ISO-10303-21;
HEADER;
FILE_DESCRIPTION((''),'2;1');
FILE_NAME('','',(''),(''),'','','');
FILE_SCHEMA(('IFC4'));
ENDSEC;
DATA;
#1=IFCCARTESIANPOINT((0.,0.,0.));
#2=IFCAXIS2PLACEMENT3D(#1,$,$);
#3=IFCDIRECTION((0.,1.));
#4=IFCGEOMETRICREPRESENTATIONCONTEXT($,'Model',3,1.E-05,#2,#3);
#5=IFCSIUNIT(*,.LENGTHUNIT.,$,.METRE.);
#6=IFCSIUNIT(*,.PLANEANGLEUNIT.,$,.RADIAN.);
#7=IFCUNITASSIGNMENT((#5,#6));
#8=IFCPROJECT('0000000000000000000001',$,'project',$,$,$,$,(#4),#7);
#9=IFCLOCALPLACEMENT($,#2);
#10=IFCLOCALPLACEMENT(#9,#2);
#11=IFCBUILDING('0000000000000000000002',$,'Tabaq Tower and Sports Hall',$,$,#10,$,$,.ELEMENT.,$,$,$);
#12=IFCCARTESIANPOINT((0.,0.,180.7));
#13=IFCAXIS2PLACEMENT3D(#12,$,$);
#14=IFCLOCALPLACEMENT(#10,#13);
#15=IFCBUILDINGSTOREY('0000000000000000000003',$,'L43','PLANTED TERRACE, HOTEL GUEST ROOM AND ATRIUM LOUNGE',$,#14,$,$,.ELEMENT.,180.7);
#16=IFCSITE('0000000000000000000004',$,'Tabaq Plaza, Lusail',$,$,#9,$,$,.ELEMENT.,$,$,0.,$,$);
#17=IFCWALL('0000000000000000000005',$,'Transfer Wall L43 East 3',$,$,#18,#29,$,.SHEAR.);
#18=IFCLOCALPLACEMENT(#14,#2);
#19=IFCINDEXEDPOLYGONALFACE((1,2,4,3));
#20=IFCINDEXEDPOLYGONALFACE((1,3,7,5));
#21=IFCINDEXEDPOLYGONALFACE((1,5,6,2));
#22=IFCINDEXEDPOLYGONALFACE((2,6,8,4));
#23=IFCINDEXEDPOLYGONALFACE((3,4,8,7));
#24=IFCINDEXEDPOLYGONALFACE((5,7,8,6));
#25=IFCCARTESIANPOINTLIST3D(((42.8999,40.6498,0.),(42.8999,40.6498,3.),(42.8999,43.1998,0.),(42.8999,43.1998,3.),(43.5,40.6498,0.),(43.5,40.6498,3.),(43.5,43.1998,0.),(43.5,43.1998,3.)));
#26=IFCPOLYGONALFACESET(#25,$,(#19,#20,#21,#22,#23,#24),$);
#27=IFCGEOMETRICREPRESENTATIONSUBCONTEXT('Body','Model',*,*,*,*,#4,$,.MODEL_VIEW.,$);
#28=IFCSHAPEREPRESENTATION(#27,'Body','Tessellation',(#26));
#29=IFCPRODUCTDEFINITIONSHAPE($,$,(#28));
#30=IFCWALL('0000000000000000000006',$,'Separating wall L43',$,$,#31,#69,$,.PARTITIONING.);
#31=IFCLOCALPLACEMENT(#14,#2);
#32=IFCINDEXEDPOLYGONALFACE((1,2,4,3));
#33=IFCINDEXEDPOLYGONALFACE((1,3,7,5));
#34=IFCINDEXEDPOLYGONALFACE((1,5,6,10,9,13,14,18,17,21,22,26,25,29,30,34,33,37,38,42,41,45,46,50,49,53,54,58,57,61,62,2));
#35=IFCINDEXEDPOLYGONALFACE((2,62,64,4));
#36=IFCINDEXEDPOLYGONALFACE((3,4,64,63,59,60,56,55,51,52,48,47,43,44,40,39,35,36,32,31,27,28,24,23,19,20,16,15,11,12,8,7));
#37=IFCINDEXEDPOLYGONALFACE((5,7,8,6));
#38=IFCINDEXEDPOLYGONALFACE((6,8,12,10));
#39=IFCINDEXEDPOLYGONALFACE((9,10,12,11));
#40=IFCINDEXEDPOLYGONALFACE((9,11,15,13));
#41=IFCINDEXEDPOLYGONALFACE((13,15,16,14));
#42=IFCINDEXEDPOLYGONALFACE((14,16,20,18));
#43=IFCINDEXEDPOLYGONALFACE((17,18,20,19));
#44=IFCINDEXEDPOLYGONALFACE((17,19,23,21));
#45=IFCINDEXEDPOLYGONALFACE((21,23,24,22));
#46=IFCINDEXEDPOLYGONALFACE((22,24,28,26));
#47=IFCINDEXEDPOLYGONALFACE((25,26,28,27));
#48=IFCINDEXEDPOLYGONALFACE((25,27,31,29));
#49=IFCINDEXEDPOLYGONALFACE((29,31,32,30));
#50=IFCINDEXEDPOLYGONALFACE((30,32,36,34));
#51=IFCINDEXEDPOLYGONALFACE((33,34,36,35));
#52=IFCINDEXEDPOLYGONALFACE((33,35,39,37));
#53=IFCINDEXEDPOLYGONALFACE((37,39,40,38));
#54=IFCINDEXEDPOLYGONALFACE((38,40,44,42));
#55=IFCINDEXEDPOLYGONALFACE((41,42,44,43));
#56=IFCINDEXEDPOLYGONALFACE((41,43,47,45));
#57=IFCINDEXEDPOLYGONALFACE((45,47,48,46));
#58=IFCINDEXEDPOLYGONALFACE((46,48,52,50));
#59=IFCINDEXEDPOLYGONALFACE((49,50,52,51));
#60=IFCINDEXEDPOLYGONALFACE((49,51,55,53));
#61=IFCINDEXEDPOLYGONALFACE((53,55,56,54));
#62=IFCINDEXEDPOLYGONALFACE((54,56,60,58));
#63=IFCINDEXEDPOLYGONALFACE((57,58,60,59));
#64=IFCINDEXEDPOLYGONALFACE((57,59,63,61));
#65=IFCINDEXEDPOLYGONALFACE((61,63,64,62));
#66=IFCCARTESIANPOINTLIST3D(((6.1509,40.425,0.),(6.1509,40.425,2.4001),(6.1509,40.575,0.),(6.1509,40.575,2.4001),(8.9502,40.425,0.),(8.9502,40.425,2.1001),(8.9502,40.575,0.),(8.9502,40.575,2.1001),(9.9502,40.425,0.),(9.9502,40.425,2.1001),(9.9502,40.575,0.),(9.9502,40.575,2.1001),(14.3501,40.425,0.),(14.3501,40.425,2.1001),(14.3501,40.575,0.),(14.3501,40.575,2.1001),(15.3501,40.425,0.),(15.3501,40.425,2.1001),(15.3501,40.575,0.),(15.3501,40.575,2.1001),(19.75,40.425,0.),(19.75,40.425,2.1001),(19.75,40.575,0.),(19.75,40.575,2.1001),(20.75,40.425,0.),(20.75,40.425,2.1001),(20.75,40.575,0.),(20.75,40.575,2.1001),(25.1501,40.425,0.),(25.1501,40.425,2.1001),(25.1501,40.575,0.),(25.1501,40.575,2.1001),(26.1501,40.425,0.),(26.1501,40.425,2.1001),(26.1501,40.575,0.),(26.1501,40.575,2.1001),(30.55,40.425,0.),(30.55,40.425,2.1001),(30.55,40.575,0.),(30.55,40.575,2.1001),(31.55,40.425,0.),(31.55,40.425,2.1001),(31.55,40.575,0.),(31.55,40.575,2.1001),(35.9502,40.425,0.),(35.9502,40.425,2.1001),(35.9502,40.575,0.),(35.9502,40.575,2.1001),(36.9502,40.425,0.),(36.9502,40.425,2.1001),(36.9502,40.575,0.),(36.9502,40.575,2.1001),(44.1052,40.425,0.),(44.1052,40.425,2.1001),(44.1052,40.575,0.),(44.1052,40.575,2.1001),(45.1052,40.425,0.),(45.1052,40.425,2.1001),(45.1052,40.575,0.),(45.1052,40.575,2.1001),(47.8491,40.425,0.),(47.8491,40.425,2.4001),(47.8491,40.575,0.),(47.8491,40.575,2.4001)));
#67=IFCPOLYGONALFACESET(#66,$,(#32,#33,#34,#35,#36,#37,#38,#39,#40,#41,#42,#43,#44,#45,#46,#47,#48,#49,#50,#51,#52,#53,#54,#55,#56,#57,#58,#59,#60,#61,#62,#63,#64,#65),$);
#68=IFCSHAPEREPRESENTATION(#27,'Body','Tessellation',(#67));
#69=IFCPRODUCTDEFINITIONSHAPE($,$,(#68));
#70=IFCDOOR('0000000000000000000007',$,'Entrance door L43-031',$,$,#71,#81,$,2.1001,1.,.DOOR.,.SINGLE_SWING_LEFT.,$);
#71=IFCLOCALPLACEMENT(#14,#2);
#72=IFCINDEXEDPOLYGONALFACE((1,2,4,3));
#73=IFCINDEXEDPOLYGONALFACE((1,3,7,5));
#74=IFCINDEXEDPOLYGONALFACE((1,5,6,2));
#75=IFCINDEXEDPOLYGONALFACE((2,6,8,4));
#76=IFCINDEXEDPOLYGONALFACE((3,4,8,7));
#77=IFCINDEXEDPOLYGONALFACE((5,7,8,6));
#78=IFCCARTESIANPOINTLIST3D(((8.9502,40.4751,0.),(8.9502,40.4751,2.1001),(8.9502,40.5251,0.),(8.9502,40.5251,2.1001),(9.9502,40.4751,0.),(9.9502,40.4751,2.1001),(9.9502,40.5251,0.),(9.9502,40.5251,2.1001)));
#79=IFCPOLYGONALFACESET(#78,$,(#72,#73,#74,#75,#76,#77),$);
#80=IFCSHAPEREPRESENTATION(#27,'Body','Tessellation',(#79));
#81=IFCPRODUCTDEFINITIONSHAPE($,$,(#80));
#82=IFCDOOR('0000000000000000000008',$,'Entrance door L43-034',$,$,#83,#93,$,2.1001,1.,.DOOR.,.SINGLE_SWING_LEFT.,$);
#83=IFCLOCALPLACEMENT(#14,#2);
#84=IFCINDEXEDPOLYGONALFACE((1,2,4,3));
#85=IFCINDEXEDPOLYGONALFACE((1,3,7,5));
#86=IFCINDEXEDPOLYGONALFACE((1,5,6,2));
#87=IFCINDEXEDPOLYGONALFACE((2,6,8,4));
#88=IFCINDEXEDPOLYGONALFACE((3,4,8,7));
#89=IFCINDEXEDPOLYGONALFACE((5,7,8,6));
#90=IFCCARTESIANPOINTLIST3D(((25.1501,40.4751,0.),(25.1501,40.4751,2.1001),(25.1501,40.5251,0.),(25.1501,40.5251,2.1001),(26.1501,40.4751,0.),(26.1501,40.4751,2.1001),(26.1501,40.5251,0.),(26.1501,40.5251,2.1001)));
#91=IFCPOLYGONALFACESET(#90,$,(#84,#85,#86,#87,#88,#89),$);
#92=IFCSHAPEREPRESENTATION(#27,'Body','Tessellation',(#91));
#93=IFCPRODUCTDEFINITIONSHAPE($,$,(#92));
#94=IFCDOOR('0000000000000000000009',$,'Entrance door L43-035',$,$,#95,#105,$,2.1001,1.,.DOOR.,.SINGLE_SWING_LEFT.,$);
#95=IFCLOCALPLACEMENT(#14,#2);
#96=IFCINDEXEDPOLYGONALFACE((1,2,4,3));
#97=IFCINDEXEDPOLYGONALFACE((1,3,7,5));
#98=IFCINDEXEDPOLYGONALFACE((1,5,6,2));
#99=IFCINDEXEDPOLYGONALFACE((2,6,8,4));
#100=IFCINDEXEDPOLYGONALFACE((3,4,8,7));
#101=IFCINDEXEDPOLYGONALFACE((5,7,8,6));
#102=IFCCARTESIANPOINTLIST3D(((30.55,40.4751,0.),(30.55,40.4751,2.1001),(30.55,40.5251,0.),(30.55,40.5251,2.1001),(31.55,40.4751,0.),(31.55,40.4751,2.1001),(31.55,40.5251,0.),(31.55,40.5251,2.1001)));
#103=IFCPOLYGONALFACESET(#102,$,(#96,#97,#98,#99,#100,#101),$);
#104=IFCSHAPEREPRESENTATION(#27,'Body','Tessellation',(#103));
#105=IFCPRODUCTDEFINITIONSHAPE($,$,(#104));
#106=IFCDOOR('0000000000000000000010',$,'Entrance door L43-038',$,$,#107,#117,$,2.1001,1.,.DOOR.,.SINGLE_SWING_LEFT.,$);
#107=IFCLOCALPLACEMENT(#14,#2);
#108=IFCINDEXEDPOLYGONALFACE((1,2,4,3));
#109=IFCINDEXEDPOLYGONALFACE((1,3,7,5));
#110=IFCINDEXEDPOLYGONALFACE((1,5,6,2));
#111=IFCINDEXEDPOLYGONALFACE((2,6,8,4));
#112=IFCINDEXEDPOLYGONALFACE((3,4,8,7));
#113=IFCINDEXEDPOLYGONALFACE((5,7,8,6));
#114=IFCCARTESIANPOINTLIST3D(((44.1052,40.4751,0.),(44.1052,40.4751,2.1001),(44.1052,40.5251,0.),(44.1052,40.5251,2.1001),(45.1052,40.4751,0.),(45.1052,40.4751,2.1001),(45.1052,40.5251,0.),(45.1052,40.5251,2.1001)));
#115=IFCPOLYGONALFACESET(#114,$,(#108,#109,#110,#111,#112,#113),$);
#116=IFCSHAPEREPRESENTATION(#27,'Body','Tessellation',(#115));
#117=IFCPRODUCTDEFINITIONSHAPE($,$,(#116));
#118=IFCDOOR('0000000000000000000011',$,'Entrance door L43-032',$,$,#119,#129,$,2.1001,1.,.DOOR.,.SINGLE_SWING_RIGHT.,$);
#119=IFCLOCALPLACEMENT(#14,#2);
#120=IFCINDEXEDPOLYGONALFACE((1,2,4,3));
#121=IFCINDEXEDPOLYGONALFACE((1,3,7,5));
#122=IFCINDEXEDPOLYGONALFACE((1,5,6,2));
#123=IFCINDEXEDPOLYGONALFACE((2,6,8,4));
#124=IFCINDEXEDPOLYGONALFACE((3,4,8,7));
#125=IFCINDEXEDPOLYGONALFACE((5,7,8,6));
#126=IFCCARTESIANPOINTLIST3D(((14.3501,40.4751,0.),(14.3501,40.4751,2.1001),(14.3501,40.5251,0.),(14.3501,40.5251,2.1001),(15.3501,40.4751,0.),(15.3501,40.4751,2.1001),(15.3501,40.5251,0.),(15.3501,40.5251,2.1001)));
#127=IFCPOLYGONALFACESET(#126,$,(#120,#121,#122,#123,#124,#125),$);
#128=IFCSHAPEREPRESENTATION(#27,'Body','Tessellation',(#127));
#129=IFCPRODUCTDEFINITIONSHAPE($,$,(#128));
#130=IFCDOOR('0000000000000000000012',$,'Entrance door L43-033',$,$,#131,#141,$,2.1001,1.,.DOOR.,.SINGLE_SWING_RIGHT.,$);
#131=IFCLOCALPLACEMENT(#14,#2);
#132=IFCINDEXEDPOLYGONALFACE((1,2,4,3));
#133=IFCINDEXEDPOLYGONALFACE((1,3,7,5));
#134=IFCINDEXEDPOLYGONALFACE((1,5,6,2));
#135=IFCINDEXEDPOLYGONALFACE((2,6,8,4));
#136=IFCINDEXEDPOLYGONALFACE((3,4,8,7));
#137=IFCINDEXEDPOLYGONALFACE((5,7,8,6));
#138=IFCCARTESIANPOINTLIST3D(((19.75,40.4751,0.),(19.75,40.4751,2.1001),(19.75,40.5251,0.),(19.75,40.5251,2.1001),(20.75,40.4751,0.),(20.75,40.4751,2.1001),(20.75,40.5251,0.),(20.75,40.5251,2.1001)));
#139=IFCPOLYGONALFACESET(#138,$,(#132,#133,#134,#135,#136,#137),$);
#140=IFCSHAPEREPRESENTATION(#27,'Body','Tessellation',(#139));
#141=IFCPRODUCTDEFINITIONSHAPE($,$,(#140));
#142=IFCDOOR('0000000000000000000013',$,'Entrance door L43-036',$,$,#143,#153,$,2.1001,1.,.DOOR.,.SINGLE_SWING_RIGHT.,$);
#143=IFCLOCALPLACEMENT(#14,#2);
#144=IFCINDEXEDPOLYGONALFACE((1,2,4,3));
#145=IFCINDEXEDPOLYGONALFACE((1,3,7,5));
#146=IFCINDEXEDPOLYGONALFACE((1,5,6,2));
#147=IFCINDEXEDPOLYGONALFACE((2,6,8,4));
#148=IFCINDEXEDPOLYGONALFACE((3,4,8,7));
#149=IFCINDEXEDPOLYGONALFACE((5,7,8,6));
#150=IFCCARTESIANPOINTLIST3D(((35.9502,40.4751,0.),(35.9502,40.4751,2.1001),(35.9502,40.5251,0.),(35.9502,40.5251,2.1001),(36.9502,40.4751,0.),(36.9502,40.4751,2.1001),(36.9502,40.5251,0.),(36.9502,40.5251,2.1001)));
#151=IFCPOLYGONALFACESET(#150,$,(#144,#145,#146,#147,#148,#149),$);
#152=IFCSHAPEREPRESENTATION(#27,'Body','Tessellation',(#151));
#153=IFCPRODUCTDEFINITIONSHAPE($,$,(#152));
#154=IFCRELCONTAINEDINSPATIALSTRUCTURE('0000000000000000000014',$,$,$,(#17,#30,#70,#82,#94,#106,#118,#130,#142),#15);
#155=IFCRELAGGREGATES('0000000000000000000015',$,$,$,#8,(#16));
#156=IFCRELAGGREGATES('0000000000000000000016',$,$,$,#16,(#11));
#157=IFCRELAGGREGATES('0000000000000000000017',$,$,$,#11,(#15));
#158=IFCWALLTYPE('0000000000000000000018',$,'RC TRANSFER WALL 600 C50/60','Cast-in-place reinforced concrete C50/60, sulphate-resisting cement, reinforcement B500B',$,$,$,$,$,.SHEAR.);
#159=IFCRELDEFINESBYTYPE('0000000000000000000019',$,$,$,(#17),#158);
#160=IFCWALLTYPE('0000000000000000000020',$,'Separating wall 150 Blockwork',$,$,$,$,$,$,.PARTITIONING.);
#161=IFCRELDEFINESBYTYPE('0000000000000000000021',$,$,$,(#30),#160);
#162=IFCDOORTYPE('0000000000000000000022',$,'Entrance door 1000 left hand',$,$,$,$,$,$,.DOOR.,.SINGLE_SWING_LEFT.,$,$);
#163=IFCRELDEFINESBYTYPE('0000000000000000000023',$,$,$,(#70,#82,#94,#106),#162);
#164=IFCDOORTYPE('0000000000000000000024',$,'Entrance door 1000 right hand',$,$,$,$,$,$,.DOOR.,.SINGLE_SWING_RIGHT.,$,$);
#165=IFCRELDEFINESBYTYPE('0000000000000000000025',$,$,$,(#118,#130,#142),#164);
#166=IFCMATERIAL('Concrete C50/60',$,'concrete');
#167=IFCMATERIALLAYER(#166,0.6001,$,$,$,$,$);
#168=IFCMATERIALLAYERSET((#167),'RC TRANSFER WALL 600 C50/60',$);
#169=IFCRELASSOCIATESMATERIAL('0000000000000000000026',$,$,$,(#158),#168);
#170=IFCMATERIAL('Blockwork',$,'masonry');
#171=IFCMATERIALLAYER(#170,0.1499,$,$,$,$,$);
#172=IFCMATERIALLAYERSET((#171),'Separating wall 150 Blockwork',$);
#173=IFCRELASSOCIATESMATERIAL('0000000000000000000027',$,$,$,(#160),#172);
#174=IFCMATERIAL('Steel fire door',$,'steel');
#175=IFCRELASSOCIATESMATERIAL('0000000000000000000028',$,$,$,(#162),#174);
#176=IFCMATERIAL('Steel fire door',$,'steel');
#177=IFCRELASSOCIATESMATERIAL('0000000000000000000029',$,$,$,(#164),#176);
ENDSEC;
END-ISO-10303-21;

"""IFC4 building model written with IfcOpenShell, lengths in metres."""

from ifc_helpers import new_model, si_unit, direction, frame, frame_2d, origin, place, context, subcontext, project, spatial, rectangle, extrude, material, layer, layer_set, type_object, element, fill, save


model = new_model("IFC4")

# Units and contexts
model_context = context("Model", 3, precision=1e-05, world=origin(), true_north=direction((0.0, 1.0)))
body_context = subcontext(model_context, "Body", "Model", "MODEL_VIEW")
ifc_project = project(units=[si_unit("LENGTHUNIT", "METRE"), si_unit("PLANEANGLEUNIT", "RADIAN")], contexts=[model_context])

# Site, building, storey
site_placement = place(None, origin())
site = spatial("IfcSite", under=ifc_project, at=site_placement, Name="Tabaq Plaza, Lusail", CompositionType="ELEMENT", RefElevation=0.0)
building_placement = place(site_placement, origin())
building = spatial("IfcBuilding", under=site, at=building_placement, Name="Tabaq Tower and Sports Hall", CompositionType="ELEMENT")
storey_placement = place(building_placement, frame((0.0, 0.0, 180.7)))
storey = spatial("IfcBuildingStorey", under=building, at=storey_placement, Name="L43", Description="PLANTED TERRACE, HOTEL GUEST ROOM AND ATRIUM LOUNGE", CompositionType="ELEMENT", Elevation=180.7)

# Wall
ifc_material_1 = material(Name="Concrete C50/60", Category="concrete")
ifc_layer_1 = layer(ifc_material_1, 0.6001)
ifc_layer_set_1 = layer_set([ifc_layer_1], Name="RC TRANSFER WALL 600 C50/60")
wall_type_1 = type_object("IfcWallType", Name="RC TRANSFER WALL 600 C50/60", Description="Cast-in-place reinforced concrete C50/60, sulphate-resisting cement, reinforcement B500B", PredefinedType="SHEAR", material=ifc_layer_set_1)
wall_1_placement = place(storey_placement, frame((43.2, 40.6499, 0.0), z_axis=(0.0, 0.0, 1.0), x_axis=(0.0, 1.0, 0.0)))
element("IfcWall", 1, at=wall_1_placement, inside=storey, type_object=wall_type_1, Name="Transfer Wall L43 East 3", PredefinedType="SHEAR", context=body_context, shape_type="SweptSolid", body=[
    extrude(rectangle(XDim=2.55, YDim=0.6001, at=frame_2d((1.2749, 0.0))), origin(), (0.0, 0.0, 1.0), 3.0),
])

# Wall, openings, doors
ifc_material_2 = material(Name="Blockwork", Category="masonry")
ifc_layer_2 = layer(ifc_material_2, 0.1499)
ifc_layer_set_2 = layer_set([ifc_layer_2], Name="Separating wall 150 Blockwork")
wall_type_2 = type_object("IfcWallType", Name="Separating wall 150 Blockwork", PredefinedType="PARTITIONING", material=ifc_layer_set_2)
wall_2_placement = place(storey_placement, frame((47.8491, 40.5, 0.0), z_axis=(0.0, 0.0, 1.0), x_axis=(-1.0, 0.0, 0.0)))
wall_2 = element("IfcWall", 2, at=wall_2_placement, inside=storey, type_object=wall_type_2, Name="Separating wall L43", PredefinedType="PARTITIONING", context=body_context, shape_type="SweptSolid", body=[
    extrude(rectangle(XDim=41.6982, YDim=0.1499, at=frame_2d((20.8491, 0.0))), origin(), (0.0, 0.0, 1.0), 2.4001),
])
opening_1_placement = place(wall_2_placement, frame((37.8989, 0.0, 0.0)))
opening_1 = element("IfcOpeningElement", 3, at=opening_1_placement, cuts=wall_2, PredefinedType="OPENING", context=body_context, shape_type="SweptSolid", body=[
    extrude(rectangle(XDim=1.0, YDim=2.1001, at=frame_2d((0.5, 1.05))), frame((0.0, 0.075, 0.0), z_axis=(0.0, -1.0, 0.0), x_axis=(1.0, 0.0, 0.0)), (0.0, 0.0, 1.0), 0.1499),
])
opening_2_placement = place(wall_2_placement, frame((32.499, 0.0, 0.0)))
opening_2 = element("IfcOpeningElement", 4, at=opening_2_placement, cuts=wall_2, PredefinedType="OPENING", context=body_context, shape_type="SweptSolid", body=[
    extrude(rectangle(XDim=1.0, YDim=2.1001, at=frame_2d((0.5, 1.05))), frame((0.0, 0.075, 0.0), z_axis=(0.0, -1.0, 0.0), x_axis=(1.0, 0.0, 0.0)), (0.0, 0.0, 1.0), 0.1499),
])
opening_3_placement = place(wall_2_placement, frame((27.0991, 0.0, 0.0)))
opening_3 = element("IfcOpeningElement", 5, at=opening_3_placement, cuts=wall_2, PredefinedType="OPENING", context=body_context, shape_type="SweptSolid", body=[
    extrude(rectangle(XDim=1.0, YDim=2.1001, at=frame_2d((0.5, 1.05))), frame((0.0, 0.075, 0.0), z_axis=(0.0, -1.0, 0.0), x_axis=(1.0, 0.0, 0.0)), (0.0, 0.0, 1.0), 0.1499),
])
opening_4_placement = place(wall_2_placement, frame((21.699, 0.0, 0.0)))
opening_4 = element("IfcOpeningElement", 6, at=opening_4_placement, cuts=wall_2, PredefinedType="OPENING", context=body_context, shape_type="SweptSolid", body=[
    extrude(rectangle(XDim=1.0, YDim=2.1001, at=frame_2d((0.5, 1.05))), frame((0.0, 0.075, 0.0), z_axis=(0.0, -1.0, 0.0), x_axis=(1.0, 0.0, 0.0)), (0.0, 0.0, 1.0), 0.1499),
])
opening_5_placement = place(wall_2_placement, frame((16.2991, 0.0, 0.0)))
opening_5 = element("IfcOpeningElement", 7, at=opening_5_placement, cuts=wall_2, PredefinedType="OPENING", context=body_context, shape_type="SweptSolid", body=[
    extrude(rectangle(XDim=1.0, YDim=2.1001, at=frame_2d((0.5, 1.05))), frame((0.0, 0.075, 0.0), z_axis=(0.0, -1.0, 0.0), x_axis=(1.0, 0.0, 0.0)), (0.0, 0.0, 1.0), 0.1499),
])
opening_6_placement = place(wall_2_placement, frame((10.8989, 0.0, 0.0)))
opening_6 = element("IfcOpeningElement", 8, at=opening_6_placement, cuts=wall_2, PredefinedType="OPENING", context=body_context, shape_type="SweptSolid", body=[
    extrude(rectangle(XDim=1.0, YDim=2.1001, at=frame_2d((0.5, 1.05))), frame((0.0, 0.075, 0.0), z_axis=(0.0, -1.0, 0.0), x_axis=(1.0, 0.0, 0.0)), (0.0, 0.0, 1.0), 0.1499),
])
opening_7_placement = place(wall_2_placement, frame((2.7439, 0.0, 0.0)))
opening_7 = element("IfcOpeningElement", 9, at=opening_7_placement, cuts=wall_2, PredefinedType="OPENING", context=body_context, shape_type="SweptSolid", body=[
    extrude(rectangle(XDim=1.0, YDim=2.1001, at=frame_2d((0.5, 1.05))), frame((0.0, 0.075, 0.0), z_axis=(0.0, -1.0, 0.0), x_axis=(1.0, 0.0, 0.0)), (0.0, 0.0, 1.0), 0.1499),
])
ifc_material_3 = material(Name="Steel fire door", Category="steel")
door_type_1 = type_object("IfcDoorType", Name="Entrance door 1000 left hand", OperationType="SINGLE_SWING_LEFT", PredefinedType="DOOR", material=ifc_material_3)
door_1_placement = place(opening_1_placement, origin())
door_1 = element("IfcDoor", 10, at=door_1_placement, inside=storey, type_object=door_type_1, Name="Entrance door L43-031", OperationType="SINGLE_SWING_LEFT", OverallHeight=2.1001, OverallWidth=1.0, PredefinedType="DOOR", context=body_context, shape_type="SweptSolid", body=[
    extrude(rectangle(XDim=1.0, YDim=2.1001, at=frame_2d((0.5, 1.05))), frame((0.0, 0.0249, 0.0), z_axis=(0.0, -1.0, 0.0), x_axis=(1.0, 0.0, 0.0)), (0.0, 0.0, 1.0), 0.05),
])
fill(opening_1, door_1)
door_2_placement = place(opening_4_placement, origin())
door_2 = element("IfcDoor", 11, at=door_2_placement, inside=storey, type_object=door_type_1, Name="Entrance door L43-034", OperationType="SINGLE_SWING_LEFT", OverallHeight=2.1001, OverallWidth=1.0, PredefinedType="DOOR", context=body_context, shape_type="SweptSolid", body=[
    extrude(rectangle(XDim=1.0, YDim=2.1001, at=frame_2d((0.5, 1.05))), frame((0.0, 0.0249, 0.0), z_axis=(0.0, -1.0, 0.0), x_axis=(1.0, 0.0, 0.0)), (0.0, 0.0, 1.0), 0.05),
])
fill(opening_4, door_2)
door_3_placement = place(opening_5_placement, origin())
door_3 = element("IfcDoor", 12, at=door_3_placement, inside=storey, type_object=door_type_1, Name="Entrance door L43-035", OperationType="SINGLE_SWING_LEFT", OverallHeight=2.1001, OverallWidth=1.0, PredefinedType="DOOR", context=body_context, shape_type="SweptSolid", body=[
    extrude(rectangle(XDim=1.0, YDim=2.1001, at=frame_2d((0.5, 1.05))), frame((0.0, 0.0249, 0.0), z_axis=(0.0, -1.0, 0.0), x_axis=(1.0, 0.0, 0.0)), (0.0, 0.0, 1.0), 0.05),
])
fill(opening_5, door_3)
door_4_placement = place(opening_7_placement, origin())
door_4 = element("IfcDoor", 13, at=door_4_placement, inside=storey, type_object=door_type_1, Name="Entrance door L43-038", OperationType="SINGLE_SWING_LEFT", OverallHeight=2.1001, OverallWidth=1.0, PredefinedType="DOOR", context=body_context, shape_type="SweptSolid", body=[
    extrude(rectangle(XDim=1.0, YDim=2.1001, at=frame_2d((0.5, 1.05))), frame((0.0, 0.0249, 0.0), z_axis=(0.0, -1.0, 0.0), x_axis=(1.0, 0.0, 0.0)), (0.0, 0.0, 1.0), 0.05),
])
fill(opening_7, door_4)
ifc_material_4 = material(Name="Steel fire door", Category="steel")
door_type_2 = type_object("IfcDoorType", Name="Entrance door 1000 right hand", OperationType="SINGLE_SWING_RIGHT", PredefinedType="DOOR", material=ifc_material_4)
door_5_placement = place(opening_2_placement, origin())
door_5 = element("IfcDoor", 14, at=door_5_placement, inside=storey, type_object=door_type_2, Name="Entrance door L43-032", OperationType="SINGLE_SWING_RIGHT", OverallHeight=2.1001, OverallWidth=1.0, PredefinedType="DOOR", context=body_context, shape_type="SweptSolid", body=[
    extrude(rectangle(XDim=1.0, YDim=2.1001, at=frame_2d((0.5, 1.05))), frame((0.0, 0.0249, 0.0), z_axis=(0.0, -1.0, 0.0), x_axis=(1.0, 0.0, 0.0)), (0.0, 0.0, 1.0), 0.05),
])
fill(opening_2, door_5)
door_6_placement = place(opening_3_placement, origin())
door_6 = element("IfcDoor", 15, at=door_6_placement, inside=storey, type_object=door_type_2, Name="Entrance door L43-033", OperationType="SINGLE_SWING_RIGHT", OverallHeight=2.1001, OverallWidth=1.0, PredefinedType="DOOR", context=body_context, shape_type="SweptSolid", body=[
    extrude(rectangle(XDim=1.0, YDim=2.1001, at=frame_2d((0.5, 1.05))), frame((0.0, 0.0249, 0.0), z_axis=(0.0, -1.0, 0.0), x_axis=(1.0, 0.0, 0.0)), (0.0, 0.0, 1.0), 0.05),
])
fill(opening_3, door_6)
door_7_placement = place(opening_6_placement, origin())
door_7 = element("IfcDoor", 16, at=door_7_placement, inside=storey, type_object=door_type_2, Name="Entrance door L43-036", OperationType="SINGLE_SWING_RIGHT", OverallHeight=2.1001, OverallWidth=1.0, PredefinedType="DOOR", context=body_context, shape_type="SweptSolid", body=[
    extrude(rectangle(XDim=1.0, YDim=2.1001, at=frame_2d((0.5, 1.05))), frame((0.0, 0.0249, 0.0), z_axis=(0.0, -1.0, 0.0), x_axis=(1.0, 0.0, 0.0)), (0.0, 0.0, 1.0), 0.05),
])
fill(opening_6, door_7)

save(model, "model.ifc")
